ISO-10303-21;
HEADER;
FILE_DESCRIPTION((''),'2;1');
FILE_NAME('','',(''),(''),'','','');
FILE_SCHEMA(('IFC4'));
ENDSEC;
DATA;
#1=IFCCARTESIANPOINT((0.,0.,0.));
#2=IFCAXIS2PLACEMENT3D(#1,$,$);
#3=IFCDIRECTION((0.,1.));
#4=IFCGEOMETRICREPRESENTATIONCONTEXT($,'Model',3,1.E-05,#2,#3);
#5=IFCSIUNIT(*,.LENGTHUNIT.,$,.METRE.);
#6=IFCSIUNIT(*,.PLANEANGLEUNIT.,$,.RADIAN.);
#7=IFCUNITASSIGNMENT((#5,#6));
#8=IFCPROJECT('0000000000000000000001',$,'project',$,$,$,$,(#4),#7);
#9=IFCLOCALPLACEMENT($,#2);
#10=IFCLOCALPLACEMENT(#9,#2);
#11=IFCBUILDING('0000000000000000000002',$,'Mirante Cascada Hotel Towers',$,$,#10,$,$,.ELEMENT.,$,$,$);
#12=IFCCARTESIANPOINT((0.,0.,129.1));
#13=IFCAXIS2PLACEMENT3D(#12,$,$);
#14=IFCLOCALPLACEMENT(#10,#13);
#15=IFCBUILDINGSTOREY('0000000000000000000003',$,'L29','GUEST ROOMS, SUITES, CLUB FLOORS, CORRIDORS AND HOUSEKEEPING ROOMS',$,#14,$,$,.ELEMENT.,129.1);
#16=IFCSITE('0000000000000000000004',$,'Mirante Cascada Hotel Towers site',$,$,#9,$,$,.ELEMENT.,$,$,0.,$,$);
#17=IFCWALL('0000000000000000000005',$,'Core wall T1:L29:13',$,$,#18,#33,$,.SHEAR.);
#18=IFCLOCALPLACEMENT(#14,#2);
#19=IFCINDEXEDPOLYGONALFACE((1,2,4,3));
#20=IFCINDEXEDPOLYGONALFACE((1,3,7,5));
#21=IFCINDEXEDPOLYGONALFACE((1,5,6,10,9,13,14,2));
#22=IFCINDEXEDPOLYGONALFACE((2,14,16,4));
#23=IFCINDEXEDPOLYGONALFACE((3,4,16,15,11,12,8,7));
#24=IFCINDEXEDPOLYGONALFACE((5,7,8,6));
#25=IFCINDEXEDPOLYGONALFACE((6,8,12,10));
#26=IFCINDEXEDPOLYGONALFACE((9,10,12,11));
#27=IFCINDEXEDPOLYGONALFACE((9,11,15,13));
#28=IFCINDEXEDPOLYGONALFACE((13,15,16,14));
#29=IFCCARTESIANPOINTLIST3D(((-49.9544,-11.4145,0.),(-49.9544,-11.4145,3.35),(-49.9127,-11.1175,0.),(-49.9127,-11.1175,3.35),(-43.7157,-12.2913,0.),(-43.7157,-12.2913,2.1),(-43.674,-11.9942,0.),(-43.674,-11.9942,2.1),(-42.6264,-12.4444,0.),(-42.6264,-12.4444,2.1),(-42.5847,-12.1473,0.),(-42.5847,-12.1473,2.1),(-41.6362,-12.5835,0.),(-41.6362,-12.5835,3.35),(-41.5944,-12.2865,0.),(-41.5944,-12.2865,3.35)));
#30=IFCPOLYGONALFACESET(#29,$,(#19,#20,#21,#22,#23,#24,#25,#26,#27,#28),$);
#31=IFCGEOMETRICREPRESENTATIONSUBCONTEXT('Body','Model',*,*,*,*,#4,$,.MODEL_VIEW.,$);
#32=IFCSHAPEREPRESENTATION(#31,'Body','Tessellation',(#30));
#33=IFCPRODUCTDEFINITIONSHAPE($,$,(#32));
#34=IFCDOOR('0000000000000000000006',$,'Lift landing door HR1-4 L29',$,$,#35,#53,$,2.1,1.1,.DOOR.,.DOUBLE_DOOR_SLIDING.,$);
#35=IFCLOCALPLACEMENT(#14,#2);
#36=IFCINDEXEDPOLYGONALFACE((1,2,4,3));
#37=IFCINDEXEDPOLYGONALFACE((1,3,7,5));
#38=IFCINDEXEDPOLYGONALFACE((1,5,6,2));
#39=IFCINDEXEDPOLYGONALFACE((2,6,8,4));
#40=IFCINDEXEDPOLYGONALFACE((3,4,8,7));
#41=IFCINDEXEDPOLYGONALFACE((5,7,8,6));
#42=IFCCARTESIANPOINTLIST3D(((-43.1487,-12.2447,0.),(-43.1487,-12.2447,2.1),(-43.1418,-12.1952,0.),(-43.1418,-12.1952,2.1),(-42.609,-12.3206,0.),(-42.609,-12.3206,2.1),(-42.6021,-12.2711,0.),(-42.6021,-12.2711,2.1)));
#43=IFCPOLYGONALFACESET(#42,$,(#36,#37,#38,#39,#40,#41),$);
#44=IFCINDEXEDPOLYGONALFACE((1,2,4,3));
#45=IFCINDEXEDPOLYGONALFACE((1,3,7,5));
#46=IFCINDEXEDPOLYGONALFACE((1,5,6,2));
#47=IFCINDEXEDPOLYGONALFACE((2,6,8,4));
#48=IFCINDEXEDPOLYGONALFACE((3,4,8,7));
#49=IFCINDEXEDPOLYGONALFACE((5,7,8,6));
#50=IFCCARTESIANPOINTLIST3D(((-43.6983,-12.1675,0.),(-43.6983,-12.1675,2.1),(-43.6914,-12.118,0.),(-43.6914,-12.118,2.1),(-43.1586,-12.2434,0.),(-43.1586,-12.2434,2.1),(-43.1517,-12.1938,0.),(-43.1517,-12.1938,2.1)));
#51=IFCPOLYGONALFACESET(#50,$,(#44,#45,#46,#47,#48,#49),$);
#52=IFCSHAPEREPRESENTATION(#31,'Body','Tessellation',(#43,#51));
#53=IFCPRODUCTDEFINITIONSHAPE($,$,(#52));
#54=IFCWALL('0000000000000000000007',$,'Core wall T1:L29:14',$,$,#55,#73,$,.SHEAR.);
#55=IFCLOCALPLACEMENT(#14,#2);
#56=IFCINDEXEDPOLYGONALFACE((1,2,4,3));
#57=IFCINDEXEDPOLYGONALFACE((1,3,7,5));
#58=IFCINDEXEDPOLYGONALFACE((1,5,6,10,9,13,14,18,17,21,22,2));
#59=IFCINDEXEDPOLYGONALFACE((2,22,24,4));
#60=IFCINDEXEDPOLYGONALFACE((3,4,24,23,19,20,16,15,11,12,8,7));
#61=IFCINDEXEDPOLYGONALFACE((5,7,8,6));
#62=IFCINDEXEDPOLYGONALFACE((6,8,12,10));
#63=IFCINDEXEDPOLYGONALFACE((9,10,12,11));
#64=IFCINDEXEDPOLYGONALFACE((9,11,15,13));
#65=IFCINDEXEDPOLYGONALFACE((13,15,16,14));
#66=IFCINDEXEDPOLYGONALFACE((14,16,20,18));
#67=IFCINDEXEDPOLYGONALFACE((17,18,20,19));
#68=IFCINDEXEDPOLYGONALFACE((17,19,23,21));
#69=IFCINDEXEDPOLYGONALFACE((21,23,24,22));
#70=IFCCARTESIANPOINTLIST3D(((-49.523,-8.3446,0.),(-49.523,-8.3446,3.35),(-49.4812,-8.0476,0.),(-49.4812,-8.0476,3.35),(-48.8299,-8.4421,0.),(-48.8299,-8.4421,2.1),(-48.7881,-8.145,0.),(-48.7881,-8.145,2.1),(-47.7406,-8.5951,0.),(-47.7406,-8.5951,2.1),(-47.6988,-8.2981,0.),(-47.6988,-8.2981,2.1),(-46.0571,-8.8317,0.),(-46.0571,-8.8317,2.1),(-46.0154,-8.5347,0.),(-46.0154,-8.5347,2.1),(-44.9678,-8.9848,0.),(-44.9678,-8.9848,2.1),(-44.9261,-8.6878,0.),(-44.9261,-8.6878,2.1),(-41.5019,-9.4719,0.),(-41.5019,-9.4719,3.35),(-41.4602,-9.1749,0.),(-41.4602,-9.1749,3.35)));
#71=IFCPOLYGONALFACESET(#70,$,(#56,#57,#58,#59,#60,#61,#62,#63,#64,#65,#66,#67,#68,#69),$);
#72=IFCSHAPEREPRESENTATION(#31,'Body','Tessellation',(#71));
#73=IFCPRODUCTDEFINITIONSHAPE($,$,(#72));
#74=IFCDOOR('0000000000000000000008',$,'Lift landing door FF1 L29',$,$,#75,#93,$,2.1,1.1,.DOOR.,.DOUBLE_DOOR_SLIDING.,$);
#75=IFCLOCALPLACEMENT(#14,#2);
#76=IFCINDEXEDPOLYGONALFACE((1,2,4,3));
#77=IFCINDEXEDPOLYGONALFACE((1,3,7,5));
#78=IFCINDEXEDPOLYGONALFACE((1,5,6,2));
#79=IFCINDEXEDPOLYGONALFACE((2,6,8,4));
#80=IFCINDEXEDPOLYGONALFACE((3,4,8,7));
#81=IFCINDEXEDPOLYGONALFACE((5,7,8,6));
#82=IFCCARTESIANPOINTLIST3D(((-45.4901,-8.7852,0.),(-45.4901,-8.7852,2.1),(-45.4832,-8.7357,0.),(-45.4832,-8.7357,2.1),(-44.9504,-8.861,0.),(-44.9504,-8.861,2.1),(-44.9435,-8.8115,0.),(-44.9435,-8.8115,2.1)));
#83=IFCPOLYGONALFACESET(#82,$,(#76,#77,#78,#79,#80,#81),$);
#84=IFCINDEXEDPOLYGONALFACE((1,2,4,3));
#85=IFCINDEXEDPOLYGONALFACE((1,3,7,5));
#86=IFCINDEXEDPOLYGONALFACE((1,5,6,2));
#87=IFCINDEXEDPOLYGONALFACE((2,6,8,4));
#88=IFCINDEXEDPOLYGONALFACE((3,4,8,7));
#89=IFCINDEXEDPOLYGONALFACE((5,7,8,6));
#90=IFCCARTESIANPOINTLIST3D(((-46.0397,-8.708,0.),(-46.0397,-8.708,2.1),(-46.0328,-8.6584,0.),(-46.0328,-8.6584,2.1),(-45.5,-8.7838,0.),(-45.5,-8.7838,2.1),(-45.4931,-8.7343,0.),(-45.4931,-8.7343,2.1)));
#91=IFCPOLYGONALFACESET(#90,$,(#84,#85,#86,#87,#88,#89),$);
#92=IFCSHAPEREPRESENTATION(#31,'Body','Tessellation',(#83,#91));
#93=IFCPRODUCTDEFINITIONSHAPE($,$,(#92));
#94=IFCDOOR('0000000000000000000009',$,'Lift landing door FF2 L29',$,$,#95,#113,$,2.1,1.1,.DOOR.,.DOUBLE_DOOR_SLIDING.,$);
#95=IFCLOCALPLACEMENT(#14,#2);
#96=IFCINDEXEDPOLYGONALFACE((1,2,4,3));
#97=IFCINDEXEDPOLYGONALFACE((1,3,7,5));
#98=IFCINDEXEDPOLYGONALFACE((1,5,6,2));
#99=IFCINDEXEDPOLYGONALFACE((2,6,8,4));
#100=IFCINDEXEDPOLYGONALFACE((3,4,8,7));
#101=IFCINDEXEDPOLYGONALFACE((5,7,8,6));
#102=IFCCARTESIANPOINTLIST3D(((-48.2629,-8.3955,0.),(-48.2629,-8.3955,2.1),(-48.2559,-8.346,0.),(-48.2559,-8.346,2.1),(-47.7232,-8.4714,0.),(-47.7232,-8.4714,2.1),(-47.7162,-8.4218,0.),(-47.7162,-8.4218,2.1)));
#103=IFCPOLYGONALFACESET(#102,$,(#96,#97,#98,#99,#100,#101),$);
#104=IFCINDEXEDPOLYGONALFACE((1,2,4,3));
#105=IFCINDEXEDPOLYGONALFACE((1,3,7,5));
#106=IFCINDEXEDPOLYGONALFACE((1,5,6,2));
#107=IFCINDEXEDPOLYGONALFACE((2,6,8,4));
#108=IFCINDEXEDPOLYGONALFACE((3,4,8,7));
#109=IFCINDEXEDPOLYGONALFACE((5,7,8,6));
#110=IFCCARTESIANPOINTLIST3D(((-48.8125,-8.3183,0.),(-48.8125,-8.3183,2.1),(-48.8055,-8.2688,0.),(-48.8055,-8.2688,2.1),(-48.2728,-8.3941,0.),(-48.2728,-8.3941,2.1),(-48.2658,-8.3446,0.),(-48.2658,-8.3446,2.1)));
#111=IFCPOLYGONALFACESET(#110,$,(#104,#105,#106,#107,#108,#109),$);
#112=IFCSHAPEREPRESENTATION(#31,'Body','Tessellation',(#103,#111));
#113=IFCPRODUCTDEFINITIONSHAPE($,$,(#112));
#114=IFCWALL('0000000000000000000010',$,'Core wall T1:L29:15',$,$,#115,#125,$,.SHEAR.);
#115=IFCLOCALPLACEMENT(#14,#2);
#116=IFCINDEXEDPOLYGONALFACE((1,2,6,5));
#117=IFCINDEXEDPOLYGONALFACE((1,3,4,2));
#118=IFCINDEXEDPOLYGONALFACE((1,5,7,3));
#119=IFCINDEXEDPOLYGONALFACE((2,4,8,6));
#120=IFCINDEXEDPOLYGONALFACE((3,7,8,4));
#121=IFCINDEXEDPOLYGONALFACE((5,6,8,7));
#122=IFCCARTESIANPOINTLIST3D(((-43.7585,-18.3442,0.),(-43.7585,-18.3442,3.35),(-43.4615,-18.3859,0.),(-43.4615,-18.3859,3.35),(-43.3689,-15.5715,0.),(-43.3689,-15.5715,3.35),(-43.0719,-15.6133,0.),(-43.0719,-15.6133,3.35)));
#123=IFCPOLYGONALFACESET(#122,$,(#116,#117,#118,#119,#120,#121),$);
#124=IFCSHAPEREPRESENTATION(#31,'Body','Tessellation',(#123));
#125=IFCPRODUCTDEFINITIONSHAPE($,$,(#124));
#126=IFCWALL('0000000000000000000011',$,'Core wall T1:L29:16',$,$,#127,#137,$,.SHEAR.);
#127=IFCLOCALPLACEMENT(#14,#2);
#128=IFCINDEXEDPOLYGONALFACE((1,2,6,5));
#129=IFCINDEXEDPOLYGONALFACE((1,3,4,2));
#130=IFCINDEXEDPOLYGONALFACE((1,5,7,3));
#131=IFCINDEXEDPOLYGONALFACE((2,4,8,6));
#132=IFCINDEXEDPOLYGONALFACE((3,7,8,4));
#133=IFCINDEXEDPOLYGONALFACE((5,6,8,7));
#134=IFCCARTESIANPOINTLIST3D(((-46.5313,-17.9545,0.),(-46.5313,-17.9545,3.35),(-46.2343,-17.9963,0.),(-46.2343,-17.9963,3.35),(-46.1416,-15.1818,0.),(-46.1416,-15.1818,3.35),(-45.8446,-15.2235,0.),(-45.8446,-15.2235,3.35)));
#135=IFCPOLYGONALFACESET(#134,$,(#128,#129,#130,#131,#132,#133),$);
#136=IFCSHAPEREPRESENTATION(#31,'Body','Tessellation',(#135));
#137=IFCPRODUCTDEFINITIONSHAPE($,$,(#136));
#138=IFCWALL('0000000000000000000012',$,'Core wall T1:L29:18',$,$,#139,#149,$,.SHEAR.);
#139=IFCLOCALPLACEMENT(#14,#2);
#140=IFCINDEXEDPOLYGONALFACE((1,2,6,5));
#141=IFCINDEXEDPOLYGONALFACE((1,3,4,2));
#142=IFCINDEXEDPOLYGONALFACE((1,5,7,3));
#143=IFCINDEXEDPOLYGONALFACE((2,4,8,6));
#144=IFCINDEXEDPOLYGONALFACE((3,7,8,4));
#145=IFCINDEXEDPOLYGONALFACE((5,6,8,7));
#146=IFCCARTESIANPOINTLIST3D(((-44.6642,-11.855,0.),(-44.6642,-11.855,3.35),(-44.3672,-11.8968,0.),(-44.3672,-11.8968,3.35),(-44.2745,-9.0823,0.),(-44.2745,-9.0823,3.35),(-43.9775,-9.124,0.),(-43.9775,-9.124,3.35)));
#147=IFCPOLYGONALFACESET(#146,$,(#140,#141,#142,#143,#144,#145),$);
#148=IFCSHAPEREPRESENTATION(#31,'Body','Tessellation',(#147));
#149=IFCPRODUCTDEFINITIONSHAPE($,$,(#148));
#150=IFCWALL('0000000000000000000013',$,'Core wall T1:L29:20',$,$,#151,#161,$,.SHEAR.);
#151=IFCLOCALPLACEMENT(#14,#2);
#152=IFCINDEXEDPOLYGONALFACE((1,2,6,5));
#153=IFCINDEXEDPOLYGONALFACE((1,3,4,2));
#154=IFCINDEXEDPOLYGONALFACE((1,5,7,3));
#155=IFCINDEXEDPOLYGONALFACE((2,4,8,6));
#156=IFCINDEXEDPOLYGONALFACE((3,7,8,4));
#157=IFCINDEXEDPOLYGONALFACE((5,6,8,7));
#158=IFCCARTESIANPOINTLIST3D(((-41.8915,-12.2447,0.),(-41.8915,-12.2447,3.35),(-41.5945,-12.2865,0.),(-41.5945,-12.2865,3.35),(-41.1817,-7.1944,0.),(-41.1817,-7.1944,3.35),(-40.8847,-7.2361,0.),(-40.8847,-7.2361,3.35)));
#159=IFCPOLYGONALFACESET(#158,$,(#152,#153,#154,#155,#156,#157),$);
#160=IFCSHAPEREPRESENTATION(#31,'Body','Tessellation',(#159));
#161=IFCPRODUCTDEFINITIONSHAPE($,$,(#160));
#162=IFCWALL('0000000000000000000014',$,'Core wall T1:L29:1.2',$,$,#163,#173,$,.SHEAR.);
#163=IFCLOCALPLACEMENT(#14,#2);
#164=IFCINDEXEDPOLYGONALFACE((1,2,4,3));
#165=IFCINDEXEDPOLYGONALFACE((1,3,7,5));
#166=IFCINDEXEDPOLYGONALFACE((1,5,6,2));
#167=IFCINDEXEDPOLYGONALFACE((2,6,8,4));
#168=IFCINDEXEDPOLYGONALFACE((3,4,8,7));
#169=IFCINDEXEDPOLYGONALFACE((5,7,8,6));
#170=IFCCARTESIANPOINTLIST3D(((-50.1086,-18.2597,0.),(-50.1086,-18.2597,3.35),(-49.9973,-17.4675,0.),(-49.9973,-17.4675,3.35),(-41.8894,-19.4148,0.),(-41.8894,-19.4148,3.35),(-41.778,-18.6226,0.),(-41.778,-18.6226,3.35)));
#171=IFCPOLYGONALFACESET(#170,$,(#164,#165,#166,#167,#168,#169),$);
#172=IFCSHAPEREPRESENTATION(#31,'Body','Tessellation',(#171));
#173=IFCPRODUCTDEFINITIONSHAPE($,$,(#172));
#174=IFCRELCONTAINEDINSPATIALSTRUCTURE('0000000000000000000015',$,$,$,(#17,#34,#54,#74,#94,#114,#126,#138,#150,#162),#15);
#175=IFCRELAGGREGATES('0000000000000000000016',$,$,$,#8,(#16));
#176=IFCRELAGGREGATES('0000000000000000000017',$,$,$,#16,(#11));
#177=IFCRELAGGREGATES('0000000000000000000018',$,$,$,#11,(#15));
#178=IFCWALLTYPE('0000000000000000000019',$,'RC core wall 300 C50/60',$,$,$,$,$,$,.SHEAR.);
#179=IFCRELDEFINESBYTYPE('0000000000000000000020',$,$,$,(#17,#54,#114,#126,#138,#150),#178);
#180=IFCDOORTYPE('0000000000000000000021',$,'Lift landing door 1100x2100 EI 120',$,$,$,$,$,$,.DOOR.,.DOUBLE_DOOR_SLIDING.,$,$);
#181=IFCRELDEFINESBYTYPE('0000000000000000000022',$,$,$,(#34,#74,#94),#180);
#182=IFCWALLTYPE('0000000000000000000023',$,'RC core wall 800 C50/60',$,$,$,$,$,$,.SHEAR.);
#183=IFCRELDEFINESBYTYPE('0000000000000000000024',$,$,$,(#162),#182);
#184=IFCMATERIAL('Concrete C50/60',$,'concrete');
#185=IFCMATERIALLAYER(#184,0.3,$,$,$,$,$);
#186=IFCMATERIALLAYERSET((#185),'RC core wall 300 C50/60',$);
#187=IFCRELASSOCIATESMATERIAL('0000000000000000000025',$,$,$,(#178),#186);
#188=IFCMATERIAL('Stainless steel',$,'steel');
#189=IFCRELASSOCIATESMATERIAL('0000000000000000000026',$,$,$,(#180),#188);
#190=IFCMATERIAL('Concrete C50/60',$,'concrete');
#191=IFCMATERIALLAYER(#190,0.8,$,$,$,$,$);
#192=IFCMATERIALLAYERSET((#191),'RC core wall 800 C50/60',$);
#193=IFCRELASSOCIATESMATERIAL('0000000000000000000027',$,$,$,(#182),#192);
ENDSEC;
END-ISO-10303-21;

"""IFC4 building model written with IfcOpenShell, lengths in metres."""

from ifc_helpers import new_model, si_unit, direction, frame, frame_2d, origin, place, context, subcontext, project, spatial, rectangle, extrude, material, layer, layer_set, type_object, element, fill, save


model = new_model("IFC4")

# Units and contexts
model_context = context("Model", 3, precision=1e-05, world=origin(), true_north=direction((0.0, 1.0)))
body_context = subcontext(model_context, "Body", "Model", "MODEL_VIEW")
ifc_project = project(units=[si_unit("LENGTHUNIT", "METRE"), si_unit("PLANEANGLEUNIT", "RADIAN")], contexts=[model_context])

# Site, building, storey
site_placement = place(None, origin())
site = spatial("IfcSite", under=ifc_project, at=site_placement, Name="Mirante Cascada Hotel Towers site", CompositionType="ELEMENT", RefElevation=0.0)
building_placement = place(site_placement, origin())
building = spatial("IfcBuilding", under=site, at=building_placement, Name="Mirante Cascada Hotel Towers", CompositionType="ELEMENT")
storey_placement = place(building_placement, frame((0.0, 0.0, 129.1)))
storey = spatial("IfcBuildingStorey", under=building, at=storey_placement, Name="L29", Description="GUEST ROOMS, SUITES, CLUB FLOORS, CORRIDORS AND HOUSEKEEPING ROOMS", CompositionType="ELEMENT", Elevation=129.1)

# Shared definitions
ifc_material_1 = material(Name="Concrete C50/60", Category="concrete")
ifc_layer_1 = layer(ifc_material_1, 0.3)
ifc_layer_set_1 = layer_set([ifc_layer_1], Name="RC core wall 300 C50/60")
wall_type_1 = type_object("IfcWallType", Name="RC core wall 300 C50/60", PredefinedType="SHEAR", material=ifc_layer_set_1)

# Shared definitions
ifc_material_2 = material(Name="Stainless steel", Category="steel")
door_type_1 = type_object("IfcDoorType", Name="Lift landing door 1100x2100 EI 120", OperationType="DOUBLE_DOOR_SLIDING", PredefinedType="DOOR", material=ifc_material_2)

# Wall, opening, door
wall_1_placement = place(storey_placement, frame((-41.6153, -12.435, 0.0), z_axis=(0.0, 0.0, 1.0), x_axis=(-0.990269, 0.139166, 0.0)))
wall_1 = element("IfcWall", 1, at=wall_1_placement, inside=storey, type_object=wall_type_1, Name="Core wall T1:L29:13", PredefinedType="SHEAR", context=body_context, shape_type="SweptSolid", body=[
    extrude(rectangle(XDim=8.4, YDim=0.3, at=frame_2d((4.2, 0.0))), origin(), (0.0, 0.0, 1.0), 3.35),
])
opening_1_placement = place(wall_1_placement, frame((1.0, 0.0, 0.0)))
opening_1 = element("IfcOpeningElement", 2, at=opening_1_placement, cuts=wall_1, PredefinedType="OPENING", context=body_context, shape_type="SweptSolid", body=[
    extrude(rectangle(XDim=1.1, YDim=2.1, at=frame_2d((0.55, 1.05))), frame((0.0, 0.15, 0.0), z_axis=(0.0, -1.0, 0.0), x_axis=(1.0, 0.0, 0.0)), (0.0, 0.0, 1.0), 0.3),
])
door_1_placement = place(opening_1_placement, origin())
door_1 = element("IfcDoor", 3, at=door_1_placement, inside=storey, type_object=door_type_1, Name="Lift landing door HR1-4 L29", OperationType="DOUBLE_DOOR_SLIDING", OverallHeight=2.1, OverallWidth=1.1, PredefinedType="DOOR", context=body_context, shape_type="SweptSolid", body=[
    extrude(rectangle(XDim=0.545, YDim=2.1, at=frame_2d((0.2725, 1.05))), frame((0.0, 0.025, 0.0), z_axis=(0.0, -1.0, 0.0), x_axis=(1.0, 0.0, 0.0)), (0.0, 0.0, 1.0), 0.05),
    extrude(rectangle(XDim=0.545, YDim=2.1, at=frame_2d((0.8275, 1.05))), frame((0.0, 0.025, 0.0), z_axis=(0.0, -1.0, 0.0), x_axis=(1.0, 0.0, 0.0)), (0.0, 0.0, 1.0), 0.05),
])
fill(opening_1, door_1)

# Wall, openings, doors
wall_2_placement = place(storey_placement, frame((-41.481, -9.3234, 0.0), z_axis=(0.0, 0.0, 1.0), x_axis=(-0.990268, 0.139174, 0.0)))
wall_2 = element("IfcWall", 4, at=wall_2_placement, inside=storey, type_object=wall_type_1, Name="Core wall T1:L29:14", PredefinedType="SHEAR", context=body_context, shape_type="SweptSolid", body=[
    extrude(rectangle(XDim=8.0999, YDim=0.3, at=frame_2d((4.05, 0.0))), origin(), (0.0, 0.0, 1.0), 3.35),
])
opening_2_placement = place(wall_2_placement, frame((3.5, 0.0, 0.0)))
opening_2 = element("IfcOpeningElement", 5, at=opening_2_placement, cuts=wall_2, PredefinedType="OPENING", context=body_context, shape_type="SweptSolid", body=[
    extrude(rectangle(XDim=1.1, YDim=2.1, at=frame_2d((0.55, 1.05))), frame((0.0, 0.15, 0.0), z_axis=(0.0, -1.0, 0.0), x_axis=(1.0, 0.0, 0.0)), (0.0, 0.0, 1.0), 0.3),
])
opening_3_placement = place(wall_2_placement, frame((6.3, 0.0, 0.0)))
opening_3 = element("IfcOpeningElement", 6, at=opening_3_placement, cuts=wall_2, PredefinedType="OPENING", context=body_context, shape_type="SweptSolid", body=[
    extrude(rectangle(XDim=1.1, YDim=2.1, at=frame_2d((0.55, 1.05))), frame((0.0, 0.15, 0.0), z_axis=(0.0, -1.0, 0.0), x_axis=(1.0, 0.0, 0.0)), (0.0, 0.0, 1.0), 0.3),
])
door_2_placement = place(opening_2_placement, origin())
door_2 = element("IfcDoor", 7, at=door_2_placement, inside=storey, type_object=door_type_1, Name="Lift landing door FF1 L29", OperationType="DOUBLE_DOOR_SLIDING", OverallHeight=2.1, OverallWidth=1.1, PredefinedType="DOOR", context=body_context, shape_type="SweptSolid", body=[
    extrude(rectangle(XDim=0.545, YDim=2.1, at=frame_2d((0.2725, 1.05))), frame((0.0, 0.025, 0.0), z_axis=(0.0, -1.0, 0.0), x_axis=(1.0, 0.0, 0.0)), (0.0, 0.0, 1.0), 0.05),
    extrude(rectangle(XDim=0.545, YDim=2.1, at=frame_2d((0.8275, 1.05))), frame((0.0, 0.025, 0.0), z_axis=(0.0, -1.0, 0.0), x_axis=(1.0, 0.0, 0.0)), (0.0, 0.0, 1.0), 0.05),
])
fill(opening_2, door_2)
door_3_placement = place(opening_3_placement, origin())
door_3 = element("IfcDoor", 8, at=door_3_placement, inside=storey, type_object=door_type_1, Name="Lift landing door FF2 L29", OperationType="DOUBLE_DOOR_SLIDING", OverallHeight=2.1, OverallWidth=1.1, PredefinedType="DOOR", context=body_context, shape_type="SweptSolid", body=[
    extrude(rectangle(XDim=0.545, YDim=2.1, at=frame_2d((0.2725, 1.05))), frame((0.0, 0.025, 0.0), z_axis=(0.0, -1.0, 0.0), x_axis=(1.0, 0.0, 0.0)), (0.0, 0.0, 1.0), 0.05),
    extrude(rectangle(XDim=0.545, YDim=2.1, at=frame_2d((0.8275, 1.05))), frame((0.0, 0.025, 0.0), z_axis=(0.0, -1.0, 0.0), x_axis=(1.0, 0.0, 0.0)), (0.0, 0.0, 1.0), 0.05),
])
fill(opening_3, door_3)

# Walls
wall_3_placement = place(storey_placement, frame((-43.61, -18.3651, 0.0), z_axis=(0.0, 0.0, 1.0), x_axis=(0.139146, 0.990272, 0.0)))
element("IfcWall", 9, at=wall_3_placement, inside=storey, type_object=wall_type_1, Name="Core wall T1:L29:15", PredefinedType="SHEAR", context=body_context, shape_type="SweptSolid", body=[
    extrude(rectangle(XDim=2.7999, YDim=0.3, at=frame_2d((1.4, 0.0))), origin(), (0.0, 0.0, 1.0), 3.35),
])
for number, where, z_axis, x_axis, name in (
    (10, (-46.3828, -17.9754, 0.0), (0.0, 0.0, 1.0), (0.139181, 0.990267, 0.0), "Core wall T1:L29:16"),
    (11, (-44.5157, -11.8759, 0.0), (0.0, 0.0, 1.0), (0.139181, 0.990267, 0.0), "Core wall T1:L29:18"),
):
    element("IfcWall", number, at=place(storey_placement, frame(where, z_axis=z_axis, x_axis=x_axis)), inside=storey, type_object=wall_type_1, Name=name, PredefinedType="SHEAR", context=body_context, shape_type="SweptSolid", body=[
        extrude(rectangle(XDim=2.8, YDim=0.3, at=frame_2d((1.4, 0.0))), origin(), (0.0, 0.0, 1.0), 3.35),
    ])
wall_4_placement = place(storey_placement, frame((-41.743, -12.2656, 0.0), z_axis=(0.0, 0.0, 1.0), x_axis=(0.139176, 0.990268, 0.0)))
element("IfcWall", 12, at=wall_4_placement, inside=storey, type_object=wall_type_1, Name="Core wall T1:L29:20", PredefinedType="SHEAR", context=body_context, shape_type="SweptSolid", body=[
    extrude(rectangle(XDim=5.1, YDim=0.3, at=frame_2d((2.55, 0.0))), origin(), (0.0, 0.0, 1.0), 3.35),
])
ifc_material_3 = material(Name="Concrete C50/60", Category="concrete")
ifc_layer_2 = layer(ifc_material_3, 0.8)
ifc_layer_set_2 = layer_set([ifc_layer_2], Name="RC core wall 800 C50/60")
wall_type_2 = type_object("IfcWallType", Name="RC core wall 800 C50/60", PredefinedType="SHEAR", material=ifc_layer_set_2)
wall_5_placement = place(storey_placement, frame((-41.8337, -19.0187, 0.0), z_axis=(0.0, 0.0, 1.0), x_axis=(-0.990269, 0.139169, 0.0)))
element("IfcWall", 13, at=wall_5_placement, inside=storey, type_object=wall_type_2, Name="Core wall T1:L29:1.2", PredefinedType="SHEAR", context=body_context, shape_type="SweptSolid", body=[
    extrude(rectangle(XDim=8.3, YDim=0.8, at=frame_2d((4.15, 0.0))), origin(), (0.0, 0.0, 1.0), 3.35),
])

save(model, "model.ifc")
